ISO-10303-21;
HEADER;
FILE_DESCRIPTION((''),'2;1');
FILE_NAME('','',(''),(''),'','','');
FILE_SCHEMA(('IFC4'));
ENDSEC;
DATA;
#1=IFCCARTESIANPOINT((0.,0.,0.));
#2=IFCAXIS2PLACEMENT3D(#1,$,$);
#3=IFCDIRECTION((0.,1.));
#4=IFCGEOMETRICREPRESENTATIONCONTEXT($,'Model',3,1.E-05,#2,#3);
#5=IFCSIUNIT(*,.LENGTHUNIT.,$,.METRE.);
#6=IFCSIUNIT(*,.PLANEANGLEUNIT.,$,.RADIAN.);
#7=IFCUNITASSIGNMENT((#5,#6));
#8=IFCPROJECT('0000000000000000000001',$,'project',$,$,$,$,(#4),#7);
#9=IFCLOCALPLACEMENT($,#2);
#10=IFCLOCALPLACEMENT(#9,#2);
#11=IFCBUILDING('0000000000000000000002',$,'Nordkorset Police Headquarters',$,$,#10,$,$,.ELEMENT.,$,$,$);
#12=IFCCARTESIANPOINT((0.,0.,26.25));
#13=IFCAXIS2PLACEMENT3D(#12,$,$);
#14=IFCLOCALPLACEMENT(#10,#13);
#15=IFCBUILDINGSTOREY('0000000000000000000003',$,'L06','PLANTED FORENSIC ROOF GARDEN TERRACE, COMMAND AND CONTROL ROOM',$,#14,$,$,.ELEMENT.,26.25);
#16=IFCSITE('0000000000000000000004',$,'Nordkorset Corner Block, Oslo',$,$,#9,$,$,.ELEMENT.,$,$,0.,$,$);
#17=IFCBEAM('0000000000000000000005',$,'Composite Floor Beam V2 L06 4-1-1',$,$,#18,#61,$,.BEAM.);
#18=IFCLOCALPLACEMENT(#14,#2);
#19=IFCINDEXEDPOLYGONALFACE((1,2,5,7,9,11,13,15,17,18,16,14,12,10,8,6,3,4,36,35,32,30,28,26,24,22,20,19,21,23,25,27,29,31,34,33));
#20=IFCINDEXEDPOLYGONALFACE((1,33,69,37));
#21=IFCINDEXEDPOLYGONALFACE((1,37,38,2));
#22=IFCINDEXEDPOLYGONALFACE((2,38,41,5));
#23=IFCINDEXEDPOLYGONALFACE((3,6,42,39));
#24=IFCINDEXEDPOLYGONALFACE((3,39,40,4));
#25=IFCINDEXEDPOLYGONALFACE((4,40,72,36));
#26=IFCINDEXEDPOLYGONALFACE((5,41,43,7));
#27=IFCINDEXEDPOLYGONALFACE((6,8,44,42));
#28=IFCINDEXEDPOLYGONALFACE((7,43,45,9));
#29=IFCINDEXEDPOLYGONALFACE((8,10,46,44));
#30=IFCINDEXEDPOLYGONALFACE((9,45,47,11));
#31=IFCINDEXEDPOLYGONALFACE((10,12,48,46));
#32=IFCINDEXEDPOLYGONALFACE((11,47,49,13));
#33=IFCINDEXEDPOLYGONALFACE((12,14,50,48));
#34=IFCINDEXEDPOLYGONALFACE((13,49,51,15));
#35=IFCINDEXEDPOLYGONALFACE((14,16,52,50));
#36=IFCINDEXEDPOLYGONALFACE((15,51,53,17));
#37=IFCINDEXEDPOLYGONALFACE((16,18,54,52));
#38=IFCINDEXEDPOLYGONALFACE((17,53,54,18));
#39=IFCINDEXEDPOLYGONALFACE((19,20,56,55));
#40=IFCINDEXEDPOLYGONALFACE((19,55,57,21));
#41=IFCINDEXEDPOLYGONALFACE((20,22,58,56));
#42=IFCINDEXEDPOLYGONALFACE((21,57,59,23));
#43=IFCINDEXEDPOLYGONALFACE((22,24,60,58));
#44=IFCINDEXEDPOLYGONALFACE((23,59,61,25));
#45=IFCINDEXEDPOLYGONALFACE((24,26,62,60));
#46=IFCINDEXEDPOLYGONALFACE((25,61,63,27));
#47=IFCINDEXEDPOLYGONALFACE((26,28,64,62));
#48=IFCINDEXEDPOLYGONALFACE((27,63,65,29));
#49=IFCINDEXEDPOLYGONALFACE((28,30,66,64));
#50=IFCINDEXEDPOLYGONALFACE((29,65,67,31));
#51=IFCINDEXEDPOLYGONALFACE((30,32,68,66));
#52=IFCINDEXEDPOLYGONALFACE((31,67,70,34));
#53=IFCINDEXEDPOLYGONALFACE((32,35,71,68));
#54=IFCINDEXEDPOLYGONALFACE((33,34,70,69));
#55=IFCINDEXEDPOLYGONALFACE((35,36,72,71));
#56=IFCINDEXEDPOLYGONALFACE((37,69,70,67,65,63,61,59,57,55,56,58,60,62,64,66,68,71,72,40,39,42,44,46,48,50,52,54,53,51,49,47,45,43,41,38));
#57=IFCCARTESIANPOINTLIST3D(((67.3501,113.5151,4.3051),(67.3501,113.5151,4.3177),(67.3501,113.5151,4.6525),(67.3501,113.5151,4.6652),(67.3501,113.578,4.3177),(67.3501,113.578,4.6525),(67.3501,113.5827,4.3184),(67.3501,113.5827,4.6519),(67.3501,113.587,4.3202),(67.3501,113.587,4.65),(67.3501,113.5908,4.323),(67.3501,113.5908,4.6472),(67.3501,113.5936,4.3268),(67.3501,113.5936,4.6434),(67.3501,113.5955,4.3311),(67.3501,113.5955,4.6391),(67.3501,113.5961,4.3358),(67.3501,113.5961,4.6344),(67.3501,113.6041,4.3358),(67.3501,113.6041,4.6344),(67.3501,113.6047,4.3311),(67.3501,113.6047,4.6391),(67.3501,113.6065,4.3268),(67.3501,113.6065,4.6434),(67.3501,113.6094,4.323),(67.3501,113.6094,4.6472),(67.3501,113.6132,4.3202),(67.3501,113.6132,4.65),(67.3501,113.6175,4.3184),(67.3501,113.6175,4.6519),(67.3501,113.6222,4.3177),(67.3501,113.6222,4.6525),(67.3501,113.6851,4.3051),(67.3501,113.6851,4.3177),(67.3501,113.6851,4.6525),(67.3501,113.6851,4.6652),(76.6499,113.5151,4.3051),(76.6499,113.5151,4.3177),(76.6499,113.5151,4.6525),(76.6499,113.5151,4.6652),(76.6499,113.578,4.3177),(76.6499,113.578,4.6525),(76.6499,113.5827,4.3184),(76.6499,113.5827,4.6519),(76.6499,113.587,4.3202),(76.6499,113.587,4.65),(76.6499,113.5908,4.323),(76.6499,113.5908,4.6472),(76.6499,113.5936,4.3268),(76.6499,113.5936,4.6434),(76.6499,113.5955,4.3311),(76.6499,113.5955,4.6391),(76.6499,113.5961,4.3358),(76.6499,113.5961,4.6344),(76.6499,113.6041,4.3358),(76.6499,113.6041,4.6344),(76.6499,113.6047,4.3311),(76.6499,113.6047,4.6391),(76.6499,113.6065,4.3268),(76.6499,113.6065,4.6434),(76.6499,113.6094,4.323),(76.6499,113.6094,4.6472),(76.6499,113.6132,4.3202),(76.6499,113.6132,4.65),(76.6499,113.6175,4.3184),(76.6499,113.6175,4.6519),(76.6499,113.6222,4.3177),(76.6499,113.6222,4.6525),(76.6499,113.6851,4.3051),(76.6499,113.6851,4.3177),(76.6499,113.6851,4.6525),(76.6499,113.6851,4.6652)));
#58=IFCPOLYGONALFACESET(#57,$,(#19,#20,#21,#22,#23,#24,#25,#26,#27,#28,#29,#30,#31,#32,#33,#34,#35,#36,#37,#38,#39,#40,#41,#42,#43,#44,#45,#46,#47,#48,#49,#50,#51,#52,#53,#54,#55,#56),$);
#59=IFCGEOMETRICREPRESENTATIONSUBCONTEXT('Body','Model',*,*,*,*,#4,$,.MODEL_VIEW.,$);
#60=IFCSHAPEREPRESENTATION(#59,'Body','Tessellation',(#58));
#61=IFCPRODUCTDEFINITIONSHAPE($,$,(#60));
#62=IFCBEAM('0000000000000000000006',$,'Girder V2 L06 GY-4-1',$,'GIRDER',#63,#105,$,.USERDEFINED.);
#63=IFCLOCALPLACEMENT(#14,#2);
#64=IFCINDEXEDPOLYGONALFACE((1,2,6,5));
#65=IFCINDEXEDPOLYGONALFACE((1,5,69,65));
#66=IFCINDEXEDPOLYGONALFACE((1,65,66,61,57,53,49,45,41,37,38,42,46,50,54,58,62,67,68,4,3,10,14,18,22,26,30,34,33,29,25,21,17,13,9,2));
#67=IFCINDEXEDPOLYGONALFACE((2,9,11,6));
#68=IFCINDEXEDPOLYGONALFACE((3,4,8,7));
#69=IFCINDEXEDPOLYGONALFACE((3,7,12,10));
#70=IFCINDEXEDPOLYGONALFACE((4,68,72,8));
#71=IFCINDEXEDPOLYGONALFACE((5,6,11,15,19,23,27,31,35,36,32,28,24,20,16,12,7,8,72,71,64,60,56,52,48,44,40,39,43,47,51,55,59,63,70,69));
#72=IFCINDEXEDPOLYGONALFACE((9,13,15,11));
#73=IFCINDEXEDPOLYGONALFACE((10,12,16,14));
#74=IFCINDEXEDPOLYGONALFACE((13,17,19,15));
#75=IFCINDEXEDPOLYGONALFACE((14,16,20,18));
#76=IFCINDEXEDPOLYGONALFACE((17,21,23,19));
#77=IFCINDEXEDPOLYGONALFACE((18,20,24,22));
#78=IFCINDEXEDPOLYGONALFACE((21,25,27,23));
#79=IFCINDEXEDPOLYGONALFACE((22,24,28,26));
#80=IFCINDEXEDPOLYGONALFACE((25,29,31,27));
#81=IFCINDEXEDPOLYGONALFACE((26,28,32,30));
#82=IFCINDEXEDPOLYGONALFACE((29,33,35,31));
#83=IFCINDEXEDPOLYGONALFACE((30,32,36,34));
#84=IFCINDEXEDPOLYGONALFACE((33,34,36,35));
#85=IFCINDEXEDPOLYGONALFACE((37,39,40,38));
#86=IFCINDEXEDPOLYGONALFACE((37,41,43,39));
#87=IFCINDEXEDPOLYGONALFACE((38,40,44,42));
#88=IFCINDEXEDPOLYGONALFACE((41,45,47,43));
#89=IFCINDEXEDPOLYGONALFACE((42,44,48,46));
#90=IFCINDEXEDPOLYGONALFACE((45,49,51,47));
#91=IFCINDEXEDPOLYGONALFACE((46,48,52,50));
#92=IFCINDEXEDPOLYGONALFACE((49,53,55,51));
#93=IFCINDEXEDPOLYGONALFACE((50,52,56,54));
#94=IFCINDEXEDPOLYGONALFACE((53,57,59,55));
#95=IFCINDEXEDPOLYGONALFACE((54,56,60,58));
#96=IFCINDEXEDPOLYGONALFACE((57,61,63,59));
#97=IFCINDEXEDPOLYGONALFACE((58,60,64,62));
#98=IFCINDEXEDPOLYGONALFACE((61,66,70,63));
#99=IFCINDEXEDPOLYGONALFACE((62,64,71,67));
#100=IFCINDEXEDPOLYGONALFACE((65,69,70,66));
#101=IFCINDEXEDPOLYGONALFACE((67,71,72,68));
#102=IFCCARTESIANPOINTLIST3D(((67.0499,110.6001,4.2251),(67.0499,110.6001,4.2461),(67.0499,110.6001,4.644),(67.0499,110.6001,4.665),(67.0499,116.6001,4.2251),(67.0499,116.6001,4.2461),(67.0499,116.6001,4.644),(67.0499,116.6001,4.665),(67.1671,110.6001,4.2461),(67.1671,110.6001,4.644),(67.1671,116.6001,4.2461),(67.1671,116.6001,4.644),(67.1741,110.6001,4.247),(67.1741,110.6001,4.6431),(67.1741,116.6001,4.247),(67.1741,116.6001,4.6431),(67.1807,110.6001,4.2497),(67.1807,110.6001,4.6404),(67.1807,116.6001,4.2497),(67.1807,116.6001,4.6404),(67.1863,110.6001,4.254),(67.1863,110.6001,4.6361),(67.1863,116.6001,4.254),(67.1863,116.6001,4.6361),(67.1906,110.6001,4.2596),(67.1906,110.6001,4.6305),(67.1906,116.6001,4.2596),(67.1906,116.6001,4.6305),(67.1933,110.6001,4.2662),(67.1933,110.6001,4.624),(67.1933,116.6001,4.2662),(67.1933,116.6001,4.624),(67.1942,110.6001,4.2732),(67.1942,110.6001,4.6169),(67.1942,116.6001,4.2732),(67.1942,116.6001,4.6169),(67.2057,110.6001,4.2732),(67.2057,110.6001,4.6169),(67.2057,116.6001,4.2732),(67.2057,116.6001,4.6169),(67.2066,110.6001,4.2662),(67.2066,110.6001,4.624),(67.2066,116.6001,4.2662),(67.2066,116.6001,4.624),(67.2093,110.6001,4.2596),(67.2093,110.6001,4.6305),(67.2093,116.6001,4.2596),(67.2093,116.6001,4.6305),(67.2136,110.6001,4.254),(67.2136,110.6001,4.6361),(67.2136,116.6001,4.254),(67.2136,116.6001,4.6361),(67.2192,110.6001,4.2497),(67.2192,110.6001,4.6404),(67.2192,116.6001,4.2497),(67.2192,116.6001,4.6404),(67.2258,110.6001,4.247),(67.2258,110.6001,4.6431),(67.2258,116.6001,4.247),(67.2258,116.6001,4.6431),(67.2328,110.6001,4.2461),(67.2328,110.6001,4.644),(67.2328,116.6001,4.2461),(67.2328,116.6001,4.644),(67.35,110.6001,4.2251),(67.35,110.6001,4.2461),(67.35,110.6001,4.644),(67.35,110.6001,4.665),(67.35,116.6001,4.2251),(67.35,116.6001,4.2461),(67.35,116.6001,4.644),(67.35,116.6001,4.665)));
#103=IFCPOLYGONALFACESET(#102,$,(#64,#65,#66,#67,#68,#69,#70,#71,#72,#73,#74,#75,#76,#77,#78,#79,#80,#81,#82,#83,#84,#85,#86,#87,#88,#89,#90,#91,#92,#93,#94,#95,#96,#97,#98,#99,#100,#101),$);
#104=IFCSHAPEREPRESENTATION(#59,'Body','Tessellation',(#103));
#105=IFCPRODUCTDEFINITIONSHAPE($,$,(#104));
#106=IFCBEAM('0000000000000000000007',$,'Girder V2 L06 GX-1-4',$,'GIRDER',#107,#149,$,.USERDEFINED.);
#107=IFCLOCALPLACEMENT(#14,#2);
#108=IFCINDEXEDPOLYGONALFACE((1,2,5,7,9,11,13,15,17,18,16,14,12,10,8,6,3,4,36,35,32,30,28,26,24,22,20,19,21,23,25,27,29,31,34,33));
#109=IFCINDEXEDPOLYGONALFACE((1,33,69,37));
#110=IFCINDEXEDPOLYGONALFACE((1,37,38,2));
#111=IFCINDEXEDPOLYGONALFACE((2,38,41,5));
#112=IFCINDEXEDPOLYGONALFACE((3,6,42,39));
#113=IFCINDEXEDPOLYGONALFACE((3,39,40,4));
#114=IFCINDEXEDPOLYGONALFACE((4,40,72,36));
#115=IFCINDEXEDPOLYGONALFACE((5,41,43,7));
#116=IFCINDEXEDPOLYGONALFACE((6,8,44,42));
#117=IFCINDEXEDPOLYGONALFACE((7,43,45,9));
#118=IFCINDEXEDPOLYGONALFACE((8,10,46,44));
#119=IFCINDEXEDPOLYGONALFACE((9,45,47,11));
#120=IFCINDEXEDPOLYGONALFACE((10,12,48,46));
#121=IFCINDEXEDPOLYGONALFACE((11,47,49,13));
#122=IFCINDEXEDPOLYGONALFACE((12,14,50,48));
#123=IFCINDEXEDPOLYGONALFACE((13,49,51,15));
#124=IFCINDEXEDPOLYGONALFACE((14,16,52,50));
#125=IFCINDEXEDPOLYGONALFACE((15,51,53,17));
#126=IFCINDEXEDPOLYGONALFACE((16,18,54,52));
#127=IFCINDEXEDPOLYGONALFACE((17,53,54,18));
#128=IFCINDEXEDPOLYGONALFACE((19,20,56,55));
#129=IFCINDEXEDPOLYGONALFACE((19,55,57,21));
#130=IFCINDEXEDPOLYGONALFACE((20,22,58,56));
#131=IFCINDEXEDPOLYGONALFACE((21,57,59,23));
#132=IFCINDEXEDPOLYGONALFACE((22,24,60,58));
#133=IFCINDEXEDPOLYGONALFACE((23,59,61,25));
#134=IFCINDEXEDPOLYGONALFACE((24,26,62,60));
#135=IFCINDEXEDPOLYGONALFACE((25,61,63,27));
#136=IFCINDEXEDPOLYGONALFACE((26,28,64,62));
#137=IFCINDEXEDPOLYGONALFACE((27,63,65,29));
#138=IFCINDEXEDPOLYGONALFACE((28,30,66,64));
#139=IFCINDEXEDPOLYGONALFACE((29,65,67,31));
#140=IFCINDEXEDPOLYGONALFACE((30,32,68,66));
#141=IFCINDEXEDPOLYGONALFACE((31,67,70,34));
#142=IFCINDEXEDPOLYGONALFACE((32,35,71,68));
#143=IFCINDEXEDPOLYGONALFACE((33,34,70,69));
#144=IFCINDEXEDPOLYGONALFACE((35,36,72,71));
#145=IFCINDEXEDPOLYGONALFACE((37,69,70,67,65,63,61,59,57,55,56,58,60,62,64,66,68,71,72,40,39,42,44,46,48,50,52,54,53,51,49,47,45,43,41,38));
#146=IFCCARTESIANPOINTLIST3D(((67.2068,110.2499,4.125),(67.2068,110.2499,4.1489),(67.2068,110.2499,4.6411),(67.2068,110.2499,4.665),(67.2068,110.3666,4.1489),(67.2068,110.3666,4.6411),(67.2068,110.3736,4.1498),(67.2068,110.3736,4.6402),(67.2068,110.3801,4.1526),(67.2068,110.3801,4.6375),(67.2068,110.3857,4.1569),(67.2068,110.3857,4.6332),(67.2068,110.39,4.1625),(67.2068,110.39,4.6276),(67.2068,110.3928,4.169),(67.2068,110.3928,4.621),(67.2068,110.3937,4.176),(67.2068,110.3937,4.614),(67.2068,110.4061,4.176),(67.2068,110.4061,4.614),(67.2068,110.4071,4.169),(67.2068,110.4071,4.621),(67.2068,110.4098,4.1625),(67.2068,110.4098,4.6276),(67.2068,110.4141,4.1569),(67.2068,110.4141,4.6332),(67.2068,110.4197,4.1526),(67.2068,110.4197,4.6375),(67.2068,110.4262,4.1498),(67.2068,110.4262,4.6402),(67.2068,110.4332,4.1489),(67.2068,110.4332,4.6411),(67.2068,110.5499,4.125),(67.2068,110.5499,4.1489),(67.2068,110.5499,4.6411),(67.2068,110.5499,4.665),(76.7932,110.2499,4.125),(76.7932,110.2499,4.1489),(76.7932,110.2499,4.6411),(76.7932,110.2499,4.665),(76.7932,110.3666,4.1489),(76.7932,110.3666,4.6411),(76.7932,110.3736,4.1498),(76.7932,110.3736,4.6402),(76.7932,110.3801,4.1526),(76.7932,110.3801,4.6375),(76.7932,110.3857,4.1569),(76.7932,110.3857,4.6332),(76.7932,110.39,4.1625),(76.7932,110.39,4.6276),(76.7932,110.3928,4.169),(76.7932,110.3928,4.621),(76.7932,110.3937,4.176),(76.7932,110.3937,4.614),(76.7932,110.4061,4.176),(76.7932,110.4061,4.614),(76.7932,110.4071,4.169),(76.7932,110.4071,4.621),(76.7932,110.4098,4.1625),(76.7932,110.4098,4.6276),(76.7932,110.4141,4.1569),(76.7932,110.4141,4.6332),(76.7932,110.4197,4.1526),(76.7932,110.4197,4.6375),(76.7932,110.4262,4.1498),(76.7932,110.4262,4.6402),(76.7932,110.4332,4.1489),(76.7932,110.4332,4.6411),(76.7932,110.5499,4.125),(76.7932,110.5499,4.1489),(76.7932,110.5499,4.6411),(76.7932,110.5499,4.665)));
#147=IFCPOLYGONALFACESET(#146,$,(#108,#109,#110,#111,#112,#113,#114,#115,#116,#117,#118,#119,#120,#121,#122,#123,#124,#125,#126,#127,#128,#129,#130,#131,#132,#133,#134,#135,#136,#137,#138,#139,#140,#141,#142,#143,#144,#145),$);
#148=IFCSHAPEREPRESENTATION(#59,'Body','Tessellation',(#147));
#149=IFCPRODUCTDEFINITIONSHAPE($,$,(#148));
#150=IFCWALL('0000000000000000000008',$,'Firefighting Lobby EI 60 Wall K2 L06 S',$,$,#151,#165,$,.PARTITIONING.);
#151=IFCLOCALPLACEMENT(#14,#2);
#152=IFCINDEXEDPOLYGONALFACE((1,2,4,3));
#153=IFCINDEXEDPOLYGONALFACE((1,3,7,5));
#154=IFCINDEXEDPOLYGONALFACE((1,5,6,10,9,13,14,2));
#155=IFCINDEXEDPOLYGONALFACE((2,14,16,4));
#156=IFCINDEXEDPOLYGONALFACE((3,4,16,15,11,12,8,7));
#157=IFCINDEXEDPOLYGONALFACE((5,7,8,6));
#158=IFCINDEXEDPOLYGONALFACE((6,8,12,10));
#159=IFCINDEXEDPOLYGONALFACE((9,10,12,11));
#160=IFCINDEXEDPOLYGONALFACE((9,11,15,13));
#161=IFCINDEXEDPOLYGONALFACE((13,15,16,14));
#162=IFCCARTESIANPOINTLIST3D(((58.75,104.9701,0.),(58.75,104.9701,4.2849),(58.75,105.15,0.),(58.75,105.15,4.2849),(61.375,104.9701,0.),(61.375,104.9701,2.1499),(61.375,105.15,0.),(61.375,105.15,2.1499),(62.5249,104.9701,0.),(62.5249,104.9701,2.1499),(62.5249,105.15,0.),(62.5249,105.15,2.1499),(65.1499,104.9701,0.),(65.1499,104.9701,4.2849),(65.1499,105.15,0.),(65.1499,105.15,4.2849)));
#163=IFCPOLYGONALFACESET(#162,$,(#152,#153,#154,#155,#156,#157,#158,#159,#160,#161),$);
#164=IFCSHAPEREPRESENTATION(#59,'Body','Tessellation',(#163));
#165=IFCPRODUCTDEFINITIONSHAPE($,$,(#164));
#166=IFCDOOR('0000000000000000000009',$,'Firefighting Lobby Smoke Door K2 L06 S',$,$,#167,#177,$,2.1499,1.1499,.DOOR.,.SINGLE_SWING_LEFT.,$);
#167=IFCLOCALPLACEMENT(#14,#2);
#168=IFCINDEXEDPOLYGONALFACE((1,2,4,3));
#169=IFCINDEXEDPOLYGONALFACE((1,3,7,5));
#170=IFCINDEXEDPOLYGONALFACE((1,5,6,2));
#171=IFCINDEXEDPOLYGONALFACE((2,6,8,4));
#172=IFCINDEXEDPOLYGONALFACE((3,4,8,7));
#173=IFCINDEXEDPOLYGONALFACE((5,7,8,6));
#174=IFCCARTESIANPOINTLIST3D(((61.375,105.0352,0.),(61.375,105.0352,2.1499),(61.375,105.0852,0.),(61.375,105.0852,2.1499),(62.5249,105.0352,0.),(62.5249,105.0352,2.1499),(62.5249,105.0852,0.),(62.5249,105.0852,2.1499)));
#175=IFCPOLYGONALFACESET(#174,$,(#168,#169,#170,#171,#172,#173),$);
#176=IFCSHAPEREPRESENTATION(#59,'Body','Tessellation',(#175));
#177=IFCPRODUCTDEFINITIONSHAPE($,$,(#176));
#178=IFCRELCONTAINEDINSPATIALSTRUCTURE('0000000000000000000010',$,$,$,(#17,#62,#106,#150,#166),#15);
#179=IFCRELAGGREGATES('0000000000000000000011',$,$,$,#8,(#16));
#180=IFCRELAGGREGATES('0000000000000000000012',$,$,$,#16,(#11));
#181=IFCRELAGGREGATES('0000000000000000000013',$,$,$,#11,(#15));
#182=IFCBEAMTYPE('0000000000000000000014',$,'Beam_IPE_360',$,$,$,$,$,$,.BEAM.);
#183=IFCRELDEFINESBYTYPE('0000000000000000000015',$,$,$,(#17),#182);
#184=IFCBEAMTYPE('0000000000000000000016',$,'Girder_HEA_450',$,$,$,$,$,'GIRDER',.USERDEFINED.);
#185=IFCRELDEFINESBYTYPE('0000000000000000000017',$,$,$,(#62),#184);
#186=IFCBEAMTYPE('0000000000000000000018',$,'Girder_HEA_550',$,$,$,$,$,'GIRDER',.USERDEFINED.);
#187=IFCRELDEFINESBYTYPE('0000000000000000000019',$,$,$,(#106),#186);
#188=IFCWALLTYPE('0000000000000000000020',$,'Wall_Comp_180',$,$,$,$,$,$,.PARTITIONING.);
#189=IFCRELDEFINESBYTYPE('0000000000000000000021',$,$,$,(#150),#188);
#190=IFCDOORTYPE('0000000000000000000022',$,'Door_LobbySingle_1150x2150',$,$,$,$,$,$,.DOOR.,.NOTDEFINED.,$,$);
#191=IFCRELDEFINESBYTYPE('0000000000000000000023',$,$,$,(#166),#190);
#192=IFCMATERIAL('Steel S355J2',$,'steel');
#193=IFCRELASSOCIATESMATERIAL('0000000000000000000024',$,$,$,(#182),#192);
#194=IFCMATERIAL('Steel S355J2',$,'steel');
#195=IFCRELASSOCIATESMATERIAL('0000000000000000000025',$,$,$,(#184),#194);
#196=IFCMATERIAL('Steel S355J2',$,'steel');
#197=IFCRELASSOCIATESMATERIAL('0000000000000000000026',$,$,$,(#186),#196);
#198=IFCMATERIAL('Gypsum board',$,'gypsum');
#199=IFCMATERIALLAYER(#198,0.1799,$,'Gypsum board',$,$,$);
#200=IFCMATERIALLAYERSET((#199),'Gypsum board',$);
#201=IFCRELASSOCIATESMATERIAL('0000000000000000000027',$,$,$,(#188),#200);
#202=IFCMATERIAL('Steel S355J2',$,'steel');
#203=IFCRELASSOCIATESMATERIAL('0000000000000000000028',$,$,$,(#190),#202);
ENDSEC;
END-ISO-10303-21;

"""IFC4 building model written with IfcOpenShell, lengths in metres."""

from ifc_helpers import new_model, si_unit, direction, frame, frame_2d, origin, origin_2d, place, context, subcontext, project, spatial, rectangle, i_section, extrude, material, layer, layer_set, material_profile, profile_set, type_object, element, fill, save


model = new_model("IFC4")

# Units and contexts
model_context = context("Model", 3, precision=1e-05, world=origin(), true_north=direction((0.0, 1.0)))
body_context = subcontext(model_context, "Body", "Model", "MODEL_VIEW")
ifc_project = project(units=[si_unit("LENGTHUNIT", "METRE"), si_unit("PLANEANGLEUNIT", "RADIAN")], contexts=[model_context])

# Site, building, storey
site_placement = place(None, origin())
site = spatial("IfcSite", under=ifc_project, at=site_placement, Name="Nordkorset Corner Block, Oslo", CompositionType="ELEMENT", RefElevation=0.0)
building_placement = place(site_placement, origin())
building = spatial("IfcBuilding", under=site, at=building_placement, Name="Nordkorset Police Headquarters", CompositionType="ELEMENT")
storey_placement = place(building_placement, frame((0.0, 0.0, 26.25)))
storey = spatial("IfcBuildingStorey", under=building, at=storey_placement, Name="L06", Description="PLANTED FORENSIC ROOF GARDEN TERRACE, COMMAND AND CONTROL ROOM", CompositionType="ELEMENT", Elevation=26.25)

# Beams
ifc_material_1 = material(Name="Steel S355J2", Category="steel")
ifc_material_profile_1 = material_profile(ifc_material_1, i_section(OverallWidth=0.1699, OverallDepth=0.3601, WebThickness=0.0081, FlangeThickness=0.0127, FilletRadius=0.0181, at=origin_2d()), Name="IPE 360")
ifc_profile_set_1 = profile_set([ifc_material_profile_1], Name="Steel S355J2")
beam_type_1 = type_object("IfcBeamType", Name="Beam_IPE_360", PredefinedType="BEAM", material=ifc_profile_set_1)
for number, where, z_axis, x_axis, name in (
    (1, (67.3501, 113.6001, 4.4851), (1.0, 0.0, 0.0), (0.0, 1.0, 0.0), "Composite Floor Beam V2 L06 4-1-1"),
):
    element("IfcBeam", number, at=place(storey_placement, frame(where, z_axis=z_axis, x_axis=x_axis)), inside=storey, type_object=beam_type_1, Name=name, PredefinedType="BEAM", context=body_context, shape_type="SweptSolid", body=[
        extrude(i_section(OverallWidth=0.1699, OverallDepth=0.3601, WebThickness=0.0081, FlangeThickness=0.0127, FilletRadius=0.0181, at=origin_2d()), origin(), (0.0, 0.0, 1.0), 9.2998),
    ])
ifc_material_2 = material(Name="Steel S355J2", Category="steel")
ifc_material_profile_2 = material_profile(ifc_material_2, i_section(OverallWidth=0.3, OverallDepth=0.4399, WebThickness=0.0115, FlangeThickness=0.021, FilletRadius=0.0271, at=origin_2d()), Name="HEA 450")
ifc_profile_set_2 = profile_set([ifc_material_profile_2], Name="Steel S355J2")
beam_type_2 = type_object("IfcBeamType", Name="Girder_HEA_450", ElementType="GIRDER", PredefinedType="USERDEFINED", material=ifc_profile_set_2)
beam_1_placement = place(storey_placement, frame((67.2, 110.6001, 4.4451), z_axis=(0.0, 1.0, 0.0), x_axis=(-1.0, 0.0, 0.0)))
element("IfcBeam", 2, at=beam_1_placement, inside=storey, type_object=beam_type_2, Name="Girder V2 L06 GY-4-1", ObjectType="GIRDER", PredefinedType="USERDEFINED", context=body_context, shape_type="SweptSolid", body=[
    extrude(i_section(OverallWidth=0.3, OverallDepth=0.4399, WebThickness=0.0115, FlangeThickness=0.021, FilletRadius=0.0271, at=origin_2d()), origin(), (0.0, 0.0, 1.0), 6.0),
])
ifc_material_3 = material(Name="Steel S355J2", Category="steel")
ifc_material_profile_3 = material_profile(ifc_material_3, i_section(OverallWidth=0.3, OverallDepth=0.54, WebThickness=0.0125, FlangeThickness=0.0239, FilletRadius=0.0271, at=origin_2d()), Name="HEA 550")
ifc_profile_set_3 = profile_set([ifc_material_profile_3], Name="Steel S355J2")
beam_type_3 = type_object("IfcBeamType", Name="Girder_HEA_550", ElementType="GIRDER", PredefinedType="USERDEFINED", material=ifc_profile_set_3)
beam_2_placement = place(storey_placement, frame((67.2068, 110.3999, 4.395), z_axis=(1.0, 0.0, 0.0), x_axis=(0.0, 1.0, 0.0)))
element("IfcBeam", 3, at=beam_2_placement, inside=storey, type_object=beam_type_3, Name="Girder V2 L06 GX-1-4", ObjectType="GIRDER", PredefinedType="USERDEFINED", context=body_context, shape_type="SweptSolid", body=[
    extrude(i_section(OverallWidth=0.3, OverallDepth=0.54, WebThickness=0.0125, FlangeThickness=0.0239, FilletRadius=0.0271, at=origin_2d()), origin(), (0.0, 0.0, 1.0), 9.5864),
])

# Wall, opening, door
ifc_material_4 = material(Name="Gypsum board", Category="gypsum")
ifc_layer_1 = layer(ifc_material_4, 0.1799, Name="Gypsum board")
ifc_layer_set_1 = layer_set([ifc_layer_1], Name="Gypsum board")
wall_type_1 = type_object("IfcWallType", Name="Wall_Comp_180", PredefinedType="PARTITIONING", material=ifc_layer_set_1)
wall_1_placement = place(storey_placement, frame((58.75, 105.0601, 0.0), z_axis=(0.0, 0.0, 1.0), x_axis=(1.0, 0.0, 0.0)))
wall_1 = element("IfcWall", 4, at=wall_1_placement, inside=storey, type_object=wall_type_1, Name="Firefighting Lobby EI 60 Wall K2 L06 S", PredefinedType="PARTITIONING", context=body_context, shape_type="SweptSolid", body=[
    extrude(rectangle(XDim=6.3999, YDim=0.1799, at=frame_2d((3.2, 0.0))), origin(), (0.0, 0.0, 1.0), 4.2849),
])
opening_1_placement = place(wall_1_placement, frame((2.625, 0.0, 0.0)))
opening_1 = element("IfcOpeningElement", 5, at=opening_1_placement, cuts=wall_1, PredefinedType="OPENING", context=body_context, shape_type="SweptSolid", body=[
    extrude(rectangle(XDim=1.1499, YDim=2.1499, at=frame_2d((0.575, 1.075))), frame((0.0, 0.1001, 0.0), z_axis=(0.0, -1.0, 0.0), x_axis=(1.0, 0.0, 0.0)), (0.0, 0.0, 1.0), 0.2),
])
ifc_material_5 = material(Name="Steel S355J2", Category="steel")
door_type_1 = type_object("IfcDoorType", Name="Door_LobbySingle_1150x2150", OperationType="NOTDEFINED", PredefinedType="DOOR", material=ifc_material_5)
door_1_placement = place(opening_1_placement, frame((1.1499, 0.0, 0.0), z_axis=(0.0, 0.0, 1.0), x_axis=(-1.0, 0.0, 0.0)))
door_1 = element("IfcDoor", 6, at=door_1_placement, inside=storey, type_object=door_type_1, Name="Firefighting Lobby Smoke Door K2 L06 S", OperationType="SINGLE_SWING_LEFT", OverallHeight=2.1499, OverallWidth=1.1499, PredefinedType="DOOR", context=body_context, shape_type="SweptSolid", body=[
    extrude(rectangle(XDim=1.1499, YDim=2.1499, at=frame_2d((0.575, 1.075))), frame((0.0, 0.0249, 0.0), z_axis=(0.0, -1.0, 0.0), x_axis=(1.0, 0.0, 0.0)), (0.0, 0.0, 1.0), 0.05),
])
fill(opening_1, door_1)

save(model, "model.ifc")
